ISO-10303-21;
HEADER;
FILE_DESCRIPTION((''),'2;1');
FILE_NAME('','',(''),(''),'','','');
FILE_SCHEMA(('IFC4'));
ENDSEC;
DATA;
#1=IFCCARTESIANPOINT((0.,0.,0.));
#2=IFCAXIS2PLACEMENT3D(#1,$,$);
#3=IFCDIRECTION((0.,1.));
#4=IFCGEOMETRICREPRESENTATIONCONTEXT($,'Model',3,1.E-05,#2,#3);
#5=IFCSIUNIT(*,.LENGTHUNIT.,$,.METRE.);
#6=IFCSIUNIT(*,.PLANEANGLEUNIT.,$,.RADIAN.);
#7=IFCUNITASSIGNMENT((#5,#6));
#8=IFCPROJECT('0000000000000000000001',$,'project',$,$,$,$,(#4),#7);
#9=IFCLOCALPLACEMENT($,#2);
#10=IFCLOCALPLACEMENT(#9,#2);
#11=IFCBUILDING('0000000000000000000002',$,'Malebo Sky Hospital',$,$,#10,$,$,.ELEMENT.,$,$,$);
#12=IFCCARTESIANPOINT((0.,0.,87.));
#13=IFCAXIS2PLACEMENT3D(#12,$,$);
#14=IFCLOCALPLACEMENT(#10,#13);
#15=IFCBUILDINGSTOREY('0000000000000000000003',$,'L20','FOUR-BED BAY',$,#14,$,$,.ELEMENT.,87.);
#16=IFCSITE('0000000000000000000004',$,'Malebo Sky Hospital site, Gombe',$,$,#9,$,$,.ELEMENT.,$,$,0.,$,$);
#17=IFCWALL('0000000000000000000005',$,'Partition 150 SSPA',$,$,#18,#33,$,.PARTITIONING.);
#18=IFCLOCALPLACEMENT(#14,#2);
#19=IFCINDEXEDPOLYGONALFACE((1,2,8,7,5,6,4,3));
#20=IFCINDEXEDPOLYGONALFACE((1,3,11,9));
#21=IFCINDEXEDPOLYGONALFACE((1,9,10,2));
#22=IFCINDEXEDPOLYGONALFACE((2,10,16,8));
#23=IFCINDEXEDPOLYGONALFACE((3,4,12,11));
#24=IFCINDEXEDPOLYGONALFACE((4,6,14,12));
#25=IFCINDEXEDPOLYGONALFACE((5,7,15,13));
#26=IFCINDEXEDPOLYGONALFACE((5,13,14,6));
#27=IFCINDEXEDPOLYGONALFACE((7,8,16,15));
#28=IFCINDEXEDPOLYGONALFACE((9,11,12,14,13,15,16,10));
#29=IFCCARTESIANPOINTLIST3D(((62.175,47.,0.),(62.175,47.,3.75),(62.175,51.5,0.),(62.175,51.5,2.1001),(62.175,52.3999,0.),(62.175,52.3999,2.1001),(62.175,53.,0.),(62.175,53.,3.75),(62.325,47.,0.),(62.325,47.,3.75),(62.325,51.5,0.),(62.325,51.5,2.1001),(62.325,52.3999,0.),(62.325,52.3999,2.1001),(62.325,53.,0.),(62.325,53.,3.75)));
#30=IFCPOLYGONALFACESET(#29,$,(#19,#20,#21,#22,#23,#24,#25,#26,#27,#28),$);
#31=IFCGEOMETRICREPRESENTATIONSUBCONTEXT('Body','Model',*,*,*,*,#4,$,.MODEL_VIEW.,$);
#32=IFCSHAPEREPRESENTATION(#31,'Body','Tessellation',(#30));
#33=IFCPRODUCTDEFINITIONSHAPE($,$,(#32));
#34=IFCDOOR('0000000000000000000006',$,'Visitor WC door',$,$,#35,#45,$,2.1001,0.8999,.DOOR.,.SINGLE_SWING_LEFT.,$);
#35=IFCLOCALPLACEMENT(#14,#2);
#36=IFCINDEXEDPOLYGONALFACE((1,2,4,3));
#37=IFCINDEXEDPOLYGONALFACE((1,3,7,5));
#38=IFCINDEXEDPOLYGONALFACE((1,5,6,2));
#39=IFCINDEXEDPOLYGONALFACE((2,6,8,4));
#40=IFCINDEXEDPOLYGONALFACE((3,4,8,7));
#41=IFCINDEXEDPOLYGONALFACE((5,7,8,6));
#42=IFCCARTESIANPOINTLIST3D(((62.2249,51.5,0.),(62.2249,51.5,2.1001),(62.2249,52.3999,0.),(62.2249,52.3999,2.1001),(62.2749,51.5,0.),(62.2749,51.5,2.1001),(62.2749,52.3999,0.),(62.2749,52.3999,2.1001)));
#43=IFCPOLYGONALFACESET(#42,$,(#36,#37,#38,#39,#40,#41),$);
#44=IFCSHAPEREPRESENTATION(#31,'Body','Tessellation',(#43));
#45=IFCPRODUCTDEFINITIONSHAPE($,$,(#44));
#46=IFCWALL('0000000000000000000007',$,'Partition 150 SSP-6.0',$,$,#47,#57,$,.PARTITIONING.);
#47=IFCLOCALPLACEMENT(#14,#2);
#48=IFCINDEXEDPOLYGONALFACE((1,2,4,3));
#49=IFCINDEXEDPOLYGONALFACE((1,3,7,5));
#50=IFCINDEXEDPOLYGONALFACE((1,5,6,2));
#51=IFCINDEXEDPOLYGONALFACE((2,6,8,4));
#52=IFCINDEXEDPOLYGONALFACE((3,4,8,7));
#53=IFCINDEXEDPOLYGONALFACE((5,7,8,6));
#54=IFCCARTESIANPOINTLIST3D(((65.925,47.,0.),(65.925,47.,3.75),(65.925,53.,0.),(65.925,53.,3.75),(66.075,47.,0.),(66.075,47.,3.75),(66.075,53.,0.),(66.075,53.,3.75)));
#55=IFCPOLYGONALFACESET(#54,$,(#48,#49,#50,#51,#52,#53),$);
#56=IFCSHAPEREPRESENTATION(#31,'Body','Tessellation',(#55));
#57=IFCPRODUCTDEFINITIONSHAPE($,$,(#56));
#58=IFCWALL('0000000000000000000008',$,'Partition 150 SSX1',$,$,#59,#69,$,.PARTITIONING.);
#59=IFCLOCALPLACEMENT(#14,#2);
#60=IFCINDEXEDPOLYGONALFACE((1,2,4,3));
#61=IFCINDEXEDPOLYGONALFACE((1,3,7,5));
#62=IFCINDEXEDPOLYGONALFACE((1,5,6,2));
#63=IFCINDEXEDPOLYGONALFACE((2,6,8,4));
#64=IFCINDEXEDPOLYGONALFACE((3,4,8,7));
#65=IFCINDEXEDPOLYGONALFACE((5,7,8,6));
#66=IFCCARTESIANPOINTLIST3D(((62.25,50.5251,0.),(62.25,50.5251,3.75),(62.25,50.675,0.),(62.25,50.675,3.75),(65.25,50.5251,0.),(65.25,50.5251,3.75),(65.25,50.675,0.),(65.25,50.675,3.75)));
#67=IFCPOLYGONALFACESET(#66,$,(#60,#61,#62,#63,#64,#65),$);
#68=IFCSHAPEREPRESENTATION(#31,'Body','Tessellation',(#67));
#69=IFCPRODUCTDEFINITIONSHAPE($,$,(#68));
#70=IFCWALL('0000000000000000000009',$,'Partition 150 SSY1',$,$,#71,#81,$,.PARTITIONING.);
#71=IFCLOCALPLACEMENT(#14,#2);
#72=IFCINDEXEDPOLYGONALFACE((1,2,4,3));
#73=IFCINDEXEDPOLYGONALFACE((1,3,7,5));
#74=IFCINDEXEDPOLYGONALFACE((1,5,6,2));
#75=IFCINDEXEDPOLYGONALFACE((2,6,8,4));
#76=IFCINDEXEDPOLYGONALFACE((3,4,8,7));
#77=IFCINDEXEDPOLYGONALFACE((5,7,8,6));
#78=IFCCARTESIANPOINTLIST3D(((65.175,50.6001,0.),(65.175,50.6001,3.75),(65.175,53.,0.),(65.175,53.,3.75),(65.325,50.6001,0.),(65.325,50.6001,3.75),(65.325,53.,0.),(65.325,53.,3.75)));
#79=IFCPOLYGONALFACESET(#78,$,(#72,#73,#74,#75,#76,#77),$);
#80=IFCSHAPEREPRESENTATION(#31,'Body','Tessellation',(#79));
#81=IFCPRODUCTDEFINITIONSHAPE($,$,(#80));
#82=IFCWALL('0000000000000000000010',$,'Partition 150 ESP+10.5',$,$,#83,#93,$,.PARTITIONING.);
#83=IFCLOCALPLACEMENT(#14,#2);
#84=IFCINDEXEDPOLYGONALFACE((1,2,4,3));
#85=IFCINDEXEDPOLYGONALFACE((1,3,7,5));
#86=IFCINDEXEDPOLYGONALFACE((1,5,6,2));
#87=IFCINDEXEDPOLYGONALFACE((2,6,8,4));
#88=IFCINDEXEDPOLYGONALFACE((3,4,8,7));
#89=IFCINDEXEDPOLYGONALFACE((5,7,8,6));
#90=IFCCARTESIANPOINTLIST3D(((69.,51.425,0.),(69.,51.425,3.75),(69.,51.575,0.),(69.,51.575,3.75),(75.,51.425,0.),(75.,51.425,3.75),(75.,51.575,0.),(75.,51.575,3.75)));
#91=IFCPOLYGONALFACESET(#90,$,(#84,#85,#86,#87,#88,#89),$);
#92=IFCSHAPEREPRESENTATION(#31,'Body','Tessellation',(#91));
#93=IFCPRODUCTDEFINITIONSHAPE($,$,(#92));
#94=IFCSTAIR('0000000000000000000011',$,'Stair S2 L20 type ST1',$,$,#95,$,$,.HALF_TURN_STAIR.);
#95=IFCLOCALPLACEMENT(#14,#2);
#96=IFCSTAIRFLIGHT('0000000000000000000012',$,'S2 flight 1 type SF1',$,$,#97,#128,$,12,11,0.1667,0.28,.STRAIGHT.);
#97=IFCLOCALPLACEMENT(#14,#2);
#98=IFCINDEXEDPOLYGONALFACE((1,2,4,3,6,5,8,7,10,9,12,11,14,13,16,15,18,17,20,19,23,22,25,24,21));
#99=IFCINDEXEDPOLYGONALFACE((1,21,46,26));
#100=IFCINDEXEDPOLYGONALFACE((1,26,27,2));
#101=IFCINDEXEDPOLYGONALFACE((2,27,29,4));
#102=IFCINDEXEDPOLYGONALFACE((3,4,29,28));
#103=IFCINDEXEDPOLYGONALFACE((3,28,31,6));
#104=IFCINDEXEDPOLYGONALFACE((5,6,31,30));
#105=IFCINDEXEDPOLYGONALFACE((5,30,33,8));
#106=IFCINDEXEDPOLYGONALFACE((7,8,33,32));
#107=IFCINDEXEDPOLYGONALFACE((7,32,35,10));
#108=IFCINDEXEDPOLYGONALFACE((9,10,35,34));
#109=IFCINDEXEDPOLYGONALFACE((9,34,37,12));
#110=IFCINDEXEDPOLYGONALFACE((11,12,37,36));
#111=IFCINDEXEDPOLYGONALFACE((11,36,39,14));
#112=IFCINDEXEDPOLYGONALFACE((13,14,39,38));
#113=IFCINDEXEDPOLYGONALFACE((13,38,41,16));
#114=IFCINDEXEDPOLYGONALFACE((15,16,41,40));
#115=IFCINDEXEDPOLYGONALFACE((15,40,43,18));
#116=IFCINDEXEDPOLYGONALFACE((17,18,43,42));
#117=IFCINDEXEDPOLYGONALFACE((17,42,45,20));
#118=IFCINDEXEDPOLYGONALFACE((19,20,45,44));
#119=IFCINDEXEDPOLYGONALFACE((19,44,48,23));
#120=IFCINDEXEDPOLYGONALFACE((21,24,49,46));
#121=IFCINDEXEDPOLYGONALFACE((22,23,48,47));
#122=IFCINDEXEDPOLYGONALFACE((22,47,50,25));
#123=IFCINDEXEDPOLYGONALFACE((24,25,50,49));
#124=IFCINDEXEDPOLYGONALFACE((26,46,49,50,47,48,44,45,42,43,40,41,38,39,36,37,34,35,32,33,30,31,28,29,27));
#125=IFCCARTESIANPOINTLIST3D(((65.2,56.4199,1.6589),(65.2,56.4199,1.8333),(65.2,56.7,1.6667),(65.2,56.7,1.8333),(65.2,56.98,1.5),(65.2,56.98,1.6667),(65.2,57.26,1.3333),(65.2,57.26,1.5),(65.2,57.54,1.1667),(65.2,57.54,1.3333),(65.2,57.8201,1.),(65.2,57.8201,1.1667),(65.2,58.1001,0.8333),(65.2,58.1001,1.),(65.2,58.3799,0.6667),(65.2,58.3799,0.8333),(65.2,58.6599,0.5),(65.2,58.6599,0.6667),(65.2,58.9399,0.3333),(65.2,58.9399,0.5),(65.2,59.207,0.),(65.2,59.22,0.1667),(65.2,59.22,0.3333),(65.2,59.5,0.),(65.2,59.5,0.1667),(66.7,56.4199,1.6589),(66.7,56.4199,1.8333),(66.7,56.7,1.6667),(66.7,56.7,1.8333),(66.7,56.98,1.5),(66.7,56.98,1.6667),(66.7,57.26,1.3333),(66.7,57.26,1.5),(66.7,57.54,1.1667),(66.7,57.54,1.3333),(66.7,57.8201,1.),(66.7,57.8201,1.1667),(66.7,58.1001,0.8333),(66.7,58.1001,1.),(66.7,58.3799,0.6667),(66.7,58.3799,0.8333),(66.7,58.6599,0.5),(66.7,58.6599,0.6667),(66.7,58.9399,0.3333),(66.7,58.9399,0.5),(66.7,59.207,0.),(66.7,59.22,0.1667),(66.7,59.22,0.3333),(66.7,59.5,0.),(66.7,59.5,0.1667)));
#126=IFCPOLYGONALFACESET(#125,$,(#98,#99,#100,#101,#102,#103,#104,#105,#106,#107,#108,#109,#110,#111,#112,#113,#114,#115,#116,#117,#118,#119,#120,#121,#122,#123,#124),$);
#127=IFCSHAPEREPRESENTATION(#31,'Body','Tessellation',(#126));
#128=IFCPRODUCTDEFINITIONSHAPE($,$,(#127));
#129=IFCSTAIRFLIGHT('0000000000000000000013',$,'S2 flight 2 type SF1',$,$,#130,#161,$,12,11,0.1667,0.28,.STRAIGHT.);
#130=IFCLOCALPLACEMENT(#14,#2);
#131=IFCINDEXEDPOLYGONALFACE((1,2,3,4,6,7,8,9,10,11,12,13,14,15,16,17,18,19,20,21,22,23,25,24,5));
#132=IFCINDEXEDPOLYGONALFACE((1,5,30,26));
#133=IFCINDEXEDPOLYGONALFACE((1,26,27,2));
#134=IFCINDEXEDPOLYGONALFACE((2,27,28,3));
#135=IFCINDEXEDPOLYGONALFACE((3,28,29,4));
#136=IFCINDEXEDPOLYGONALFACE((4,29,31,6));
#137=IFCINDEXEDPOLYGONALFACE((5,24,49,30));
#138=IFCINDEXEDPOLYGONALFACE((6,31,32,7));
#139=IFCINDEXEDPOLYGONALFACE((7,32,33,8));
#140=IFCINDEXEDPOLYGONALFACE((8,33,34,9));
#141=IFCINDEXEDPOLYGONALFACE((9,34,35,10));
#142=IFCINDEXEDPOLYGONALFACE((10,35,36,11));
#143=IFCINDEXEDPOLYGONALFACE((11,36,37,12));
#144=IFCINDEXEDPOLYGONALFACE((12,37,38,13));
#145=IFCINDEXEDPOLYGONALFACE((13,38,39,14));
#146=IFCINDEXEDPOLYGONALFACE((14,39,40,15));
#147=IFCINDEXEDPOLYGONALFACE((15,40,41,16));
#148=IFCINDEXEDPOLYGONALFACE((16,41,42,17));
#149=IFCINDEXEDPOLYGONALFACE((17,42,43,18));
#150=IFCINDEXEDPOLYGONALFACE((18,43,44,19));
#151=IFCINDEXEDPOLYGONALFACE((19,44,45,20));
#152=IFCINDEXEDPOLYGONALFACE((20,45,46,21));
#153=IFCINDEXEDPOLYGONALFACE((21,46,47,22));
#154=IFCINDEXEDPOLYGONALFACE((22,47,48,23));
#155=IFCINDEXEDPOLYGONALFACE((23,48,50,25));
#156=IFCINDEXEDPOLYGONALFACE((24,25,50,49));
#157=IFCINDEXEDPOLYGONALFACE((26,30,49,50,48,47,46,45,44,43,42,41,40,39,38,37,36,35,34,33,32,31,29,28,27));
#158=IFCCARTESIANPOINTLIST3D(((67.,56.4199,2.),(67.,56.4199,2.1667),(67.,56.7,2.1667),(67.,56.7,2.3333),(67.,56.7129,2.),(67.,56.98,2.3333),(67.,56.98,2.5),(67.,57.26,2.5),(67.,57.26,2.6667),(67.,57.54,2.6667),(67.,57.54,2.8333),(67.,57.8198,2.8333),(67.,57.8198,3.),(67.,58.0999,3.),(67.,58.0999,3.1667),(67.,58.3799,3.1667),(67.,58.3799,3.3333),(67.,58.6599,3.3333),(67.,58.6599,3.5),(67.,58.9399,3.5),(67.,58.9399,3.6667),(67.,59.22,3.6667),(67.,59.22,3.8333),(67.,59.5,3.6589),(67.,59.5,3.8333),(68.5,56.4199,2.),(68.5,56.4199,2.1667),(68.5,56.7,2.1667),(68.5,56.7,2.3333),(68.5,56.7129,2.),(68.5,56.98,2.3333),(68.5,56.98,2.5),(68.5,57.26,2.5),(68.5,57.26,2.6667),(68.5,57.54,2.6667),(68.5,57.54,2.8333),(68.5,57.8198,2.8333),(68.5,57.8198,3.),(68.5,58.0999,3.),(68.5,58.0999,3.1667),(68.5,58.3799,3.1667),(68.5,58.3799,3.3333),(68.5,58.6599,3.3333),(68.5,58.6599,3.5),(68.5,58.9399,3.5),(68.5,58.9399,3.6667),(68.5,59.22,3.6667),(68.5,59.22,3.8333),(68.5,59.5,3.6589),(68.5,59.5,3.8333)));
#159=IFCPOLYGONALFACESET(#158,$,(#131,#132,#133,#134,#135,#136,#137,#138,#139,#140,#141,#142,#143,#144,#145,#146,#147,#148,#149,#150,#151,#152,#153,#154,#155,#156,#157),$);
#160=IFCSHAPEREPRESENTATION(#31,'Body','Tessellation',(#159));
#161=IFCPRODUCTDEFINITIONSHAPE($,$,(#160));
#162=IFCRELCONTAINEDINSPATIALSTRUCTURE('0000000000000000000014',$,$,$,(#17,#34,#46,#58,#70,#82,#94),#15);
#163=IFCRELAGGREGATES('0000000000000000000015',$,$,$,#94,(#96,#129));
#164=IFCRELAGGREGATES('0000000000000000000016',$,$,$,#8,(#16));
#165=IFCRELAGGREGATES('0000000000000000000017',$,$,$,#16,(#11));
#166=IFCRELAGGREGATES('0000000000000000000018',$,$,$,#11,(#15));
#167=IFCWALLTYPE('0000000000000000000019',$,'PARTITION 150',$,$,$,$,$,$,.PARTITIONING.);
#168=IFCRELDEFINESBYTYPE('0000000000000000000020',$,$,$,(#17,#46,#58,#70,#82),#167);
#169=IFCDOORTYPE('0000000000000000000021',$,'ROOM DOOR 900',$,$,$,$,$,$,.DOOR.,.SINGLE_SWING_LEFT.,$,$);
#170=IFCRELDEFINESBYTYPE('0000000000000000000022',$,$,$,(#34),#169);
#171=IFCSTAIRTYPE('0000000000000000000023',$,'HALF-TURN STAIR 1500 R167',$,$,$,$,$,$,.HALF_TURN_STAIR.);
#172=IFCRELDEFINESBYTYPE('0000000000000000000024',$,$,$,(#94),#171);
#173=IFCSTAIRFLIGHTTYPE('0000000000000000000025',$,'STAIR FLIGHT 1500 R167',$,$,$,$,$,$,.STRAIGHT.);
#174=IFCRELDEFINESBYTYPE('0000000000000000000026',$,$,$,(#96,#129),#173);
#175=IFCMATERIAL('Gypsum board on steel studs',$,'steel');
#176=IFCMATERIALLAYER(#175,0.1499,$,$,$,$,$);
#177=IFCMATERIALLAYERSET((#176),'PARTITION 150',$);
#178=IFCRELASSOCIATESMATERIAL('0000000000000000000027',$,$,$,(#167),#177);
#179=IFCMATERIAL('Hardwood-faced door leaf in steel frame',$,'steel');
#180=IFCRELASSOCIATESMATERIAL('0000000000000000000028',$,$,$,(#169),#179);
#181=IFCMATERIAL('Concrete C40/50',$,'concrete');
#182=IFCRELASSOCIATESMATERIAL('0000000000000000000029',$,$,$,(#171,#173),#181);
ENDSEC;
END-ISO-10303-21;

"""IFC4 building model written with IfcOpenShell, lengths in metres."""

from ifc_helpers import new_model, si_unit, direction, frame, frame_2d, origin, place, context, subcontext, project, spatial, polyline, rectangle, outline, extrude, material, layer, layer_set, type_object, element, fill, aggregate, save


model = new_model("IFC4")

# Units and contexts
model_context = context("Model", 3, precision=1e-05, world=origin(), true_north=direction((0.0, 1.0)))
body_context = subcontext(model_context, "Body", "Model", "MODEL_VIEW")
ifc_project = project(units=[si_unit("LENGTHUNIT", "METRE"), si_unit("PLANEANGLEUNIT", "RADIAN")], contexts=[model_context])

# Site, building, storey
site_placement = place(None, origin())
site = spatial("IfcSite", under=ifc_project, at=site_placement, Name="Malebo Sky Hospital site, Gombe", CompositionType="ELEMENT", RefElevation=0.0)
building_placement = place(site_placement, origin())
building = spatial("IfcBuilding", under=site, at=building_placement, Name="Malebo Sky Hospital", CompositionType="ELEMENT")
storey_placement = place(building_placement, frame((0.0, 0.0, 87.0)))
storey = spatial("IfcBuildingStorey", under=building, at=storey_placement, Name="L20", Description="FOUR-BED BAY", CompositionType="ELEMENT", Elevation=87.0)

# Shared definitions
ifc_material_1 = material(Name="Hardwood-faced door leaf in steel frame", Category="steel")

# Shared definitions
ifc_material_2 = material(Name="Gypsum board on steel studs", Category="steel")
ifc_layer_1 = layer(ifc_material_2, 0.1499)
ifc_layer_set_1 = layer_set([ifc_layer_1], Name="PARTITION 150")
wall_type_1 = type_object("IfcWallType", Name="PARTITION 150", PredefinedType="PARTITIONING", material=ifc_layer_set_1)

# Wall, opening, door
wall_1_placement = place(storey_placement, frame((62.25, 53.0, 0.0), z_axis=(0.0, 0.0, 1.0), x_axis=(0.0, -1.0, 0.0)))
wall_1 = element("IfcWall", 1, at=wall_1_placement, inside=storey, type_object=wall_type_1, Name="Partition 150 SSPA", PredefinedType="PARTITIONING", context=body_context, shape_type="SweptSolid", body=[
    extrude(rectangle(XDim=6.0, YDim=0.1499, at=frame_2d((3.0, 0.0))), origin(), (0.0, 0.0, 1.0), 3.75),
])
opening_1_placement = place(wall_1_placement, frame((0.6001, 0.0, 0.0)))
opening_1 = element("IfcOpeningElement", 2, at=opening_1_placement, cuts=wall_1, PredefinedType="OPENING", context=body_context, shape_type="SweptSolid", body=[
    extrude(rectangle(XDim=0.8999, YDim=2.1001, at=frame_2d((0.45, 1.05))), frame((0.0, 0.085, 0.0), z_axis=(0.0, -1.0, 0.0), x_axis=(1.0, 0.0, 0.0)), (0.0, 0.0, 1.0), 0.1699),
])
door_type_1 = type_object("IfcDoorType", Name="ROOM DOOR 900", OperationType="SINGLE_SWING_LEFT", PredefinedType="DOOR", material=ifc_material_1)
door_1_placement = place(opening_1_placement, origin())
door_1 = element("IfcDoor", 3, at=door_1_placement, inside=storey, type_object=door_type_1, Name="Visitor WC door", OperationType="SINGLE_SWING_LEFT", OverallHeight=2.1001, OverallWidth=0.8999, PredefinedType="DOOR", context=body_context, shape_type="SweptSolid", body=[
    extrude(rectangle(XDim=0.8999, YDim=2.1001, at=frame_2d((0.45, 1.05))), frame((0.0, 0.0249, 0.0), z_axis=(0.0, -1.0, 0.0), x_axis=(1.0, 0.0, 0.0)), (0.0, 0.0, 1.0), 0.05),
])
fill(opening_1, door_1)

# Walls
wall_2_placement = place(storey_placement, frame((66.0, 53.0, 0.0), z_axis=(0.0, 0.0, 1.0), x_axis=(0.0, -1.0, 0.0)))
element("IfcWall", 4, at=wall_2_placement, inside=storey, type_object=wall_type_1, Name="Partition 150 SSP-6.0", PredefinedType="PARTITIONING", context=body_context, shape_type="SweptSolid", body=[
    extrude(rectangle(XDim=6.0, YDim=0.1499, at=frame_2d((3.0, 0.0))), origin(), (0.0, 0.0, 1.0), 3.75),
])
wall_3_placement = place(storey_placement, frame((65.25, 50.6001, 0.0), z_axis=(0.0, 0.0, 1.0), x_axis=(-1.0, 0.0, 0.0)))
element("IfcWall", 5, at=wall_3_placement, inside=storey, type_object=wall_type_1, Name="Partition 150 SSX1", PredefinedType="PARTITIONING", context=body_context, shape_type="SweptSolid", body=[
    extrude(rectangle(XDim=3.0, YDim=0.1499, at=frame_2d((1.5, 0.0))), origin(), (0.0, 0.0, 1.0), 3.75),
])
wall_4_placement = place(storey_placement, frame((65.25, 53.0, 0.0), z_axis=(0.0, 0.0, 1.0), x_axis=(0.0, -1.0, 0.0)))
element("IfcWall", 6, at=wall_4_placement, inside=storey, type_object=wall_type_1, Name="Partition 150 SSY1", PredefinedType="PARTITIONING", context=body_context, shape_type="SweptSolid", body=[
    extrude(rectangle(XDim=2.3999, YDim=0.1499, at=frame_2d((1.2, 0.0))), origin(), (0.0, 0.0, 1.0), 3.75),
])
wall_5_placement = place(storey_placement, frame((69.0, 51.5, 0.0), z_axis=(0.0, 0.0, 1.0), x_axis=(1.0, 0.0, 0.0)))
element("IfcWall", 7, at=wall_5_placement, inside=storey, type_object=wall_type_1, Name="Partition 150 ESP+10.5", PredefinedType="PARTITIONING", context=body_context, shape_type="SweptSolid", body=[
    extrude(rectangle(XDim=6.0, YDim=0.1499, at=frame_2d((3.0, 0.0))), origin(), (0.0, 0.0, 1.0), 3.75),
])

# Stair, stair flights
ifc_material_3 = material(Name="Concrete C40/50", Category="concrete")
stair_type = type_object("IfcStairType", Name="HALF-TURN STAIR 1500 R167", PredefinedType="HALF_TURN_STAIR", material=ifc_material_3)
stair_placement = place(storey_placement, origin())
stair = element("IfcStair", 8, at=stair_placement, inside=storey, type_object=stair_type, Name="Stair S2 L20 type ST1", PredefinedType="HALF_TURN_STAIR")
stair_flight_type = type_object("IfcStairFlightType", Name="STAIR FLIGHT 1500 R167", PredefinedType="STRAIGHT", material=ifc_material_3)
stair_flight_1_placement = place(storey_placement, frame((65.95, 59.5, 0.0), z_axis=(0.0, 0.0, 1.0), x_axis=(0.0, -1.0, 0.0)))
stair_flight_1 = element("IfcStairFlight", 9, at=stair_flight_1_placement, type_object=stair_flight_type, Name="S2 flight 1 type SF1", NumberOfRisers=12, NumberOfTreads=11, PredefinedType="STRAIGHT", RiserHeight=0.1667, TreadLength=0.28, context=body_context, shape_type="SweptSolid", body=[
    extrude(outline(polyline([(0.0, 0.0), (0.0, 0.1667), (0.28, 0.1667), (0.28, 0.3333), (0.5601, 0.3333), (0.5601, 0.5), (0.8401, 0.5), (0.8401, 0.6667), (1.1201, 0.6667), (1.1201, 0.8333), (1.3999, 0.8333), (1.3999, 1.0), (1.6799, 1.0), (1.6799, 1.1667), (1.96, 1.1667), (1.96, 1.3333), (2.24, 1.3333), (2.24, 1.5), (2.52, 1.5), (2.52, 1.6667), (2.8, 1.6667), (2.8, 1.8333), (3.0801, 1.8333), (3.0801, 2.0), (3.0801, 1.6589), (0.293, 0.0), (0.0, 0.0)])), frame((0.0, 0.75, 0.0), z_axis=(0.0, -1.0, 0.0), x_axis=(1.0, 0.0, 0.0)), (0.0, 0.0, 1.0), 1.5),
])
stair_flight_2_placement = place(storey_placement, frame((67.75, 56.4199, 2.0), z_axis=(0.0, 0.0, 1.0), x_axis=(0.0, 1.0, 0.0)))
stair_flight_2 = element("IfcStairFlight", 10, at=stair_flight_2_placement, type_object=stair_flight_type, Name="S2 flight 2 type SF1", NumberOfRisers=12, NumberOfTreads=11, PredefinedType="STRAIGHT", RiserHeight=0.1667, TreadLength=0.28, context=body_context, shape_type="SweptSolid", body=[
    extrude(outline(polyline([(0.0, 0.0), (0.0, 0.1667), (0.28, 0.1667), (0.28, 0.3333), (0.5601, 0.3333), (0.5601, 0.5), (0.8401, 0.5), (0.8401, 0.6667), (1.1201, 0.6667), (1.1201, 0.8333), (1.3999, 0.8333), (1.3999, 1.0), (1.6799, 1.0), (1.6799, 1.1667), (1.96, 1.1667), (1.96, 1.3333), (2.24, 1.3333), (2.24, 1.5), (2.52, 1.5), (2.52, 1.6667), (2.8, 1.6667), (2.8, 1.8333), (3.0801, 1.8333), (3.0801, 2.0), (3.0801, 1.6589), (0.293, 0.0), (0.0, 0.0)])), frame((0.0, 0.75, 0.0), z_axis=(0.0, -1.0, 0.0), x_axis=(1.0, 0.0, 0.0)), (0.0, 0.0, 1.0), 1.5),
])
aggregate(stair, [stair_flight_1, stair_flight_2])

save(model, "model.ifc")
